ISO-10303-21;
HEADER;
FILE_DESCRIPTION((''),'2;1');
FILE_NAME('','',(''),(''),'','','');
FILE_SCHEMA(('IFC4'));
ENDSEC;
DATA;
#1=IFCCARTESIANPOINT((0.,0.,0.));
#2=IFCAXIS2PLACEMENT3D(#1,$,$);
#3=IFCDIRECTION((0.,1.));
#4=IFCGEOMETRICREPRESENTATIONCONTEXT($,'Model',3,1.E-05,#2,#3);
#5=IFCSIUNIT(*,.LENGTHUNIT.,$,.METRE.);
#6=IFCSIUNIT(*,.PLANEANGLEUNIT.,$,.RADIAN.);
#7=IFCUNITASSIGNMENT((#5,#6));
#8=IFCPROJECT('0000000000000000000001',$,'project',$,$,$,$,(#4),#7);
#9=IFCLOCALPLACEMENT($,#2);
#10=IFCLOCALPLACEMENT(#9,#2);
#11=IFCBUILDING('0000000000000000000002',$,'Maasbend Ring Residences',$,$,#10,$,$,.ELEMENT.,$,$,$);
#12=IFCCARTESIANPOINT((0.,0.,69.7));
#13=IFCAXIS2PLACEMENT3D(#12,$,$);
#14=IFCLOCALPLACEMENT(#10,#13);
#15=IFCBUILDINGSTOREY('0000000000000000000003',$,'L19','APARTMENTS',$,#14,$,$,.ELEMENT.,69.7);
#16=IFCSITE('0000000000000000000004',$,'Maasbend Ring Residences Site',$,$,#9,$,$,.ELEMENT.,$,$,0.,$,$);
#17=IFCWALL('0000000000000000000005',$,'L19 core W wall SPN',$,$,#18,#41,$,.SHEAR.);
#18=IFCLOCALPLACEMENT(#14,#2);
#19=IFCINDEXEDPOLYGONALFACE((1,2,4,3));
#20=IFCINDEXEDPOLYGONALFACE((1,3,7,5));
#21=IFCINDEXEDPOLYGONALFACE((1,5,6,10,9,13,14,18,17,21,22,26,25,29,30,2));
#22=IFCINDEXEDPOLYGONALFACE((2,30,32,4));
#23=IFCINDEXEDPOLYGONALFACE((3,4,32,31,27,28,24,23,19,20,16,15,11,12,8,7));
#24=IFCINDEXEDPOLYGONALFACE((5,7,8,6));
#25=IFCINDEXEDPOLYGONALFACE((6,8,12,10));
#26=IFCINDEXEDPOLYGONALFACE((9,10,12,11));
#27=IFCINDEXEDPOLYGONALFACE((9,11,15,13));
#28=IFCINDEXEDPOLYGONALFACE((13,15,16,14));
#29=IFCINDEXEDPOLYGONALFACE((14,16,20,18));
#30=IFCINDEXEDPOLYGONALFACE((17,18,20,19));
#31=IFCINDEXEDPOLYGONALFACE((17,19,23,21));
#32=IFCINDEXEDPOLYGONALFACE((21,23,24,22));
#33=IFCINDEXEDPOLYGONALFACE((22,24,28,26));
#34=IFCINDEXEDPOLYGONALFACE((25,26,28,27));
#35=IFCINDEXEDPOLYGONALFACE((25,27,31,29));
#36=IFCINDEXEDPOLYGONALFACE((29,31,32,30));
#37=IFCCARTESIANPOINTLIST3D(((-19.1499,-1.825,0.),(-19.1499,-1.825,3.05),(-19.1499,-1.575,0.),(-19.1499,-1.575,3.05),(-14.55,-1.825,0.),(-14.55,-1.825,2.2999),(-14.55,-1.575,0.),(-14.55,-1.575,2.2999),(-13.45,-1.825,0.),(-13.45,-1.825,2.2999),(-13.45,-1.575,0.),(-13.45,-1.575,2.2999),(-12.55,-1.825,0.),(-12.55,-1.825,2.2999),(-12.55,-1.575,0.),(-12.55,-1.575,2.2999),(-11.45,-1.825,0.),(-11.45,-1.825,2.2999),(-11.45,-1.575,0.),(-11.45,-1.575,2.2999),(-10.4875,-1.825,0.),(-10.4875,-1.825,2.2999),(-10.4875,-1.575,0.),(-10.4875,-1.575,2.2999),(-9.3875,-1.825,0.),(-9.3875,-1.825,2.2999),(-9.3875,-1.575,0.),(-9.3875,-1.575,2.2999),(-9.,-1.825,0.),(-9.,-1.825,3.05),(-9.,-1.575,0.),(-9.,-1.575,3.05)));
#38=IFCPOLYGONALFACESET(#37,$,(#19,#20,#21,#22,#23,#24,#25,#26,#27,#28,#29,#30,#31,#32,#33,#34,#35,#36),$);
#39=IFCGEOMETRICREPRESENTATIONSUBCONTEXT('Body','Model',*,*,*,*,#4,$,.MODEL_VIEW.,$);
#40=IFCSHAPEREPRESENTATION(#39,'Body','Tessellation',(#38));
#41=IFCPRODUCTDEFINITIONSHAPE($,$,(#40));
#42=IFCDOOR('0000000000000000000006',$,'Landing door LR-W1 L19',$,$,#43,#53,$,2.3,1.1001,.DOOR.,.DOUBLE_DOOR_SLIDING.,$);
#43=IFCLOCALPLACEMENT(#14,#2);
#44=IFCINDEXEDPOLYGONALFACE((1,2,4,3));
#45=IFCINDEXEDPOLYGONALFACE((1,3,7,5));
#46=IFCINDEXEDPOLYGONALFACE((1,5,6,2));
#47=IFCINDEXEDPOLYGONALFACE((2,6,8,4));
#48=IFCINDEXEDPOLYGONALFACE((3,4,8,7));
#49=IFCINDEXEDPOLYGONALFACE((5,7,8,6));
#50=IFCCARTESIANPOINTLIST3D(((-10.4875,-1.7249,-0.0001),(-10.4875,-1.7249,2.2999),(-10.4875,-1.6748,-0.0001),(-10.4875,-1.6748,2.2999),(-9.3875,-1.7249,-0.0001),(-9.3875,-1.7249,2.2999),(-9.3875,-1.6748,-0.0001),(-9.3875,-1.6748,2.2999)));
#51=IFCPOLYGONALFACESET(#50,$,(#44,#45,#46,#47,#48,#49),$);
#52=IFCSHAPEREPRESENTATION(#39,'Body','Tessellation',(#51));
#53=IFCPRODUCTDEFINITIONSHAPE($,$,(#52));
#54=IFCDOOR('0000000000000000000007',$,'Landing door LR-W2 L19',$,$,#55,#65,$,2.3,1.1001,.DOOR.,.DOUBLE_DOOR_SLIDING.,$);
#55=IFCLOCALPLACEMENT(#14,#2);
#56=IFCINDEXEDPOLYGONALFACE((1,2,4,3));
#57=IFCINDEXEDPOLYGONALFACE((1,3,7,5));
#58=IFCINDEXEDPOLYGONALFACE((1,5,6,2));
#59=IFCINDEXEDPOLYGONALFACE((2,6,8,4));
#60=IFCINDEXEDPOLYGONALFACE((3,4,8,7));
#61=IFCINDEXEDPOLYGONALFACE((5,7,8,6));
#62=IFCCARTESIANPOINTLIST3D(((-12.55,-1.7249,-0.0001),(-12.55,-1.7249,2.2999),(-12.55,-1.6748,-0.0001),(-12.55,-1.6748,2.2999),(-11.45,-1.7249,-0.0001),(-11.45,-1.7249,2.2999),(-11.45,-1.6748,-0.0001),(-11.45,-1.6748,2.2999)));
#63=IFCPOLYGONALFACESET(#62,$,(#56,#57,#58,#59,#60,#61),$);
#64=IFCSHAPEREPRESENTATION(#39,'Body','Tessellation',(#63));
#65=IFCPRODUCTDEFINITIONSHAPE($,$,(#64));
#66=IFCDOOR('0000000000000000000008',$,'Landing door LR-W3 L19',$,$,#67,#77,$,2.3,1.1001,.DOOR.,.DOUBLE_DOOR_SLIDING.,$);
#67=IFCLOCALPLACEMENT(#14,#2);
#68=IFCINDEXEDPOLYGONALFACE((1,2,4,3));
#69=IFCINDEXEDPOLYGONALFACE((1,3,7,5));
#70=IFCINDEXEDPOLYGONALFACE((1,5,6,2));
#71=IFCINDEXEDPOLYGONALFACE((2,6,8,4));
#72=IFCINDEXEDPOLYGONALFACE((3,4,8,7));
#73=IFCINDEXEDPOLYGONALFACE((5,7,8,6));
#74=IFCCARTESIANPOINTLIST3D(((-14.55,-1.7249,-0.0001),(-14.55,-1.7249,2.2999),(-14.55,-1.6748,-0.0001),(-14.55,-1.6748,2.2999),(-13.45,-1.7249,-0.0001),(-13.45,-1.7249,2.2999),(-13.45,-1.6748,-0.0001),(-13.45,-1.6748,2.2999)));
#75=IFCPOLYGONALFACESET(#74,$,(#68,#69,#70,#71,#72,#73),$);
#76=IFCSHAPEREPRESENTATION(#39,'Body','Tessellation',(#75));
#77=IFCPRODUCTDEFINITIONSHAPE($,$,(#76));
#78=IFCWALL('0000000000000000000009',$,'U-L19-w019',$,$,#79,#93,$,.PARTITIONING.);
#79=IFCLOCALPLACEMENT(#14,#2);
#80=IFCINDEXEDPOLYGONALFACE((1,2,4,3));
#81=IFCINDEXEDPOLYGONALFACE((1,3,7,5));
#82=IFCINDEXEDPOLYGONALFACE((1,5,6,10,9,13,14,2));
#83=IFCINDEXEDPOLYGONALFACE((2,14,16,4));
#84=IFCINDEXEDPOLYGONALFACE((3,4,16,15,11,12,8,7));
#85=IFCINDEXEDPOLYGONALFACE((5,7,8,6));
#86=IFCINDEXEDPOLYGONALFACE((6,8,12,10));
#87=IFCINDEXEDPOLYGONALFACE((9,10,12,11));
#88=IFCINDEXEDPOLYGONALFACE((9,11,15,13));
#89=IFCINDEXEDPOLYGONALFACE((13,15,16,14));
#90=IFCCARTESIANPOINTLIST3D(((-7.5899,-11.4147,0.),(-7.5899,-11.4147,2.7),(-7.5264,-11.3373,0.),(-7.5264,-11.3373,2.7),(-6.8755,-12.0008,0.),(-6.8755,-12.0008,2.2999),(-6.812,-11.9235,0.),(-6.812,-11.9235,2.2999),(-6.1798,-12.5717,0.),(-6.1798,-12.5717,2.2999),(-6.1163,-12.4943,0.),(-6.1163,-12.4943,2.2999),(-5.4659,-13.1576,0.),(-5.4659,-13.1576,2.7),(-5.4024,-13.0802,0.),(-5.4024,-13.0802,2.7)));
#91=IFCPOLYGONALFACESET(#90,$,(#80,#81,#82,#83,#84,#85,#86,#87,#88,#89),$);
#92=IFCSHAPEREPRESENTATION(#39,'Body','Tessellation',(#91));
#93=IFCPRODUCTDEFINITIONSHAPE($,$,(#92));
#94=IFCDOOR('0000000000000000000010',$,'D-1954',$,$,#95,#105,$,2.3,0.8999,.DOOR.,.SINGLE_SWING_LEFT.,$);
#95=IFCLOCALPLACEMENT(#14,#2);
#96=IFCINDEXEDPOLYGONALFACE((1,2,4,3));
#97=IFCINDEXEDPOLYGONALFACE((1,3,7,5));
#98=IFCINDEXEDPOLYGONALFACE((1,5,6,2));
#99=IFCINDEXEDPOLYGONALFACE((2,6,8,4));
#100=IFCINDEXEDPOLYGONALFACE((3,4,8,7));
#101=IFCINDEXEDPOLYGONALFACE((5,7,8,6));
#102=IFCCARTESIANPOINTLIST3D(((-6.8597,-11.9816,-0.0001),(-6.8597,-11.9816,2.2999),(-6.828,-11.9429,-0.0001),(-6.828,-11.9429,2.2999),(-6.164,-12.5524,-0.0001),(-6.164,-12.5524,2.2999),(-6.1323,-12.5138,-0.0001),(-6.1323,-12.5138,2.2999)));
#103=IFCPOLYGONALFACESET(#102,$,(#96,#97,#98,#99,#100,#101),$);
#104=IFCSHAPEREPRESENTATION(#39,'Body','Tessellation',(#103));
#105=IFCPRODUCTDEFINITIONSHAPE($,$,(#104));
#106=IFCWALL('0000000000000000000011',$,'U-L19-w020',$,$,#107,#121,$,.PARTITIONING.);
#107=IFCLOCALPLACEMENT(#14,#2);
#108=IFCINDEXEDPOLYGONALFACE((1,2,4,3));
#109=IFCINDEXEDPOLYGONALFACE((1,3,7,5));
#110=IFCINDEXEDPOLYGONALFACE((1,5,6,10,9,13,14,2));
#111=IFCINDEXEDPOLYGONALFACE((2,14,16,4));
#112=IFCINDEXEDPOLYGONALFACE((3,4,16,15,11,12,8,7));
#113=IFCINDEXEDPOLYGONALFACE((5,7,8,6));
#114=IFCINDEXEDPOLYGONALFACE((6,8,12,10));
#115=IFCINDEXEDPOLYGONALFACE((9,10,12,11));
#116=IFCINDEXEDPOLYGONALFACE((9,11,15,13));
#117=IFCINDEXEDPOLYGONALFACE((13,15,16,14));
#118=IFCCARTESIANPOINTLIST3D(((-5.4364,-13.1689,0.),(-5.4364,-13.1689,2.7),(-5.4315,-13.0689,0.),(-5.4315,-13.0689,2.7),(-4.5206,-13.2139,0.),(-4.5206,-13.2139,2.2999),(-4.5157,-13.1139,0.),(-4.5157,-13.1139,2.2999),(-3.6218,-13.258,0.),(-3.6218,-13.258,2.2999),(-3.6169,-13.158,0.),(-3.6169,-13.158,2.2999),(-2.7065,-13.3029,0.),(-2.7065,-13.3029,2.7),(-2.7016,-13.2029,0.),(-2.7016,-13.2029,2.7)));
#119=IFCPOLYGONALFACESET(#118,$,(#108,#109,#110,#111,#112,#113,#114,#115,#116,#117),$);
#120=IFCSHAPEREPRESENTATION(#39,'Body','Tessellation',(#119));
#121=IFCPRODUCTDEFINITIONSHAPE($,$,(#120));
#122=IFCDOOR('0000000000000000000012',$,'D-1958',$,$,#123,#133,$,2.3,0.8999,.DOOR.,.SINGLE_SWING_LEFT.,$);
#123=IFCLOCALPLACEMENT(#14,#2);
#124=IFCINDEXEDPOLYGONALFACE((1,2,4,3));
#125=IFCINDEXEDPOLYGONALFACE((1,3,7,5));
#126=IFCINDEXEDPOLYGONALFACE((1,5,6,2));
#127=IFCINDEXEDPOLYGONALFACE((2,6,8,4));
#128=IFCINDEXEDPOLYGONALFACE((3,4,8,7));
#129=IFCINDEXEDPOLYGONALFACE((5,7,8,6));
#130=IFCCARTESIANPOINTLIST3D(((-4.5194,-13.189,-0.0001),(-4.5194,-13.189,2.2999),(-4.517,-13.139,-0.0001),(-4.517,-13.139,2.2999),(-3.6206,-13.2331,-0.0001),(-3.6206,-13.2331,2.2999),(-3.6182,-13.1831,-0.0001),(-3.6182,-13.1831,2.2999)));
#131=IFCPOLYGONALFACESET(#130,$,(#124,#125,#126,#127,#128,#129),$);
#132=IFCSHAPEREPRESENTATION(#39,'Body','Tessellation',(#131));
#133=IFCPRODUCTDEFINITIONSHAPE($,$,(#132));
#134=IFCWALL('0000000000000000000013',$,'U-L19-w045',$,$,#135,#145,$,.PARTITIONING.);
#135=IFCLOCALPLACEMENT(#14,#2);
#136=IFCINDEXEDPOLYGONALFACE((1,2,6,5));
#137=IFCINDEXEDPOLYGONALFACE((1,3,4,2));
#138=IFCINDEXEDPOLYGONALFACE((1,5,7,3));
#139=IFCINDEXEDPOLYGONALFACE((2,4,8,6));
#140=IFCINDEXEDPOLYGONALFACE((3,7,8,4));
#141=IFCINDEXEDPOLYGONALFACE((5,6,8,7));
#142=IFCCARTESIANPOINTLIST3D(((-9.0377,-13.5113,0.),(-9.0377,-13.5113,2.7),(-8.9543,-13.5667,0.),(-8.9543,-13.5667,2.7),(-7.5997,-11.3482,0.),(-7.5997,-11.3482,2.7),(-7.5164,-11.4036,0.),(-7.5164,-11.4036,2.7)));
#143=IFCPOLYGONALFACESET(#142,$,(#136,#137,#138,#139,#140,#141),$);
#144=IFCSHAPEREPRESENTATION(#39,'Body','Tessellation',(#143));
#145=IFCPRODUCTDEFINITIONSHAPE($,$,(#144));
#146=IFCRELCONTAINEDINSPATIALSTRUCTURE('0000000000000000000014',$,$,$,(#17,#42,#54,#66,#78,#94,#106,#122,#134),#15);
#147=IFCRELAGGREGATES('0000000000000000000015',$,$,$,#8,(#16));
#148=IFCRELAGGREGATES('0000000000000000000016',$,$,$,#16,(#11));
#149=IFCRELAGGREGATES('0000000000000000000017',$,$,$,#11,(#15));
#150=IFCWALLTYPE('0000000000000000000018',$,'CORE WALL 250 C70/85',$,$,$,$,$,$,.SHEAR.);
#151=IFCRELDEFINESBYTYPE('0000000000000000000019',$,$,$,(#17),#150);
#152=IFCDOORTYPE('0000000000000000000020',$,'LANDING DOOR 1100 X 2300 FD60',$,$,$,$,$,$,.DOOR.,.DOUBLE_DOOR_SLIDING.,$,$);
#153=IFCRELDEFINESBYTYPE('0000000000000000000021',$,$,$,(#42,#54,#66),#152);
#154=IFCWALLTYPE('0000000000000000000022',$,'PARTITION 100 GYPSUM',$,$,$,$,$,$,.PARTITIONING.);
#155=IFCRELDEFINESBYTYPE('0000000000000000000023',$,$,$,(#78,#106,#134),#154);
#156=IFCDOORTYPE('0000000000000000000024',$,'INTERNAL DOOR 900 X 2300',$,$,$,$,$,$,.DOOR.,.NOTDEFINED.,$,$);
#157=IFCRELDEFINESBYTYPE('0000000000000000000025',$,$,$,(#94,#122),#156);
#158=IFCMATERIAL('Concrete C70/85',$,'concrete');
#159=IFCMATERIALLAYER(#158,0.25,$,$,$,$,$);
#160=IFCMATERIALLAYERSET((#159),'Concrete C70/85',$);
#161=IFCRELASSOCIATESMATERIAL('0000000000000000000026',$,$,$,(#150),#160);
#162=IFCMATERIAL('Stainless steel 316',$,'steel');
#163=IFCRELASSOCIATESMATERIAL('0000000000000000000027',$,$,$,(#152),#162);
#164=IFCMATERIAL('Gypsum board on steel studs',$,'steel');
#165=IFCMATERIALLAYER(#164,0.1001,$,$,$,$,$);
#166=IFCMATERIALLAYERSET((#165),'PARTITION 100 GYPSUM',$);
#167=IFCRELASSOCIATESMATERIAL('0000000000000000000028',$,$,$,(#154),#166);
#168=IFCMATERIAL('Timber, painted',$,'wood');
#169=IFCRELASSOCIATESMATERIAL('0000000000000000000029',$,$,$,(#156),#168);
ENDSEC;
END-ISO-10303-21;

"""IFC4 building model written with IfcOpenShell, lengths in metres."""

from ifc_helpers import new_model, si_unit, direction, frame, frame_2d, origin, place, context, subcontext, project, spatial, rectangle, extrude, material, layer, layer_set, type_object, element, fill, save


model = new_model("IFC4")

# Units and contexts
model_context = context("Model", 3, precision=1e-05, world=origin(), true_north=direction((0.0, 1.0)))
body_context = subcontext(model_context, "Body", "Model", "MODEL_VIEW")
ifc_project = project(units=[si_unit("LENGTHUNIT", "METRE"), si_unit("PLANEANGLEUNIT", "RADIAN")], contexts=[model_context])

# Site, building, storey
site_placement = place(None, origin())
site = spatial("IfcSite", under=ifc_project, at=site_placement, Name="Maasbend Ring Residences Site", CompositionType="ELEMENT", RefElevation=0.0)
building_placement = place(site_placement, origin())
building = spatial("IfcBuilding", under=site, at=building_placement, Name="Maasbend Ring Residences", CompositionType="ELEMENT")
storey_placement = place(building_placement, frame((0.0, 0.0, 69.7)))
storey = spatial("IfcBuildingStorey", under=building, at=storey_placement, Name="L19", Description="APARTMENTS", CompositionType="ELEMENT", Elevation=69.7)

# Wall, openings, doors
ifc_material_1 = material(Name="Concrete C70/85", Category="concrete")
ifc_layer_1 = layer(ifc_material_1, 0.25)
ifc_layer_set_1 = layer_set([ifc_layer_1], Name="Concrete C70/85")
wall_type_1 = type_object("IfcWallType", Name="CORE WALL 250 C70/85", PredefinedType="SHEAR", material=ifc_layer_set_1)
wall_1_placement = place(storey_placement, frame((-9.0, -1.7, 0.0), z_axis=(0.0, 0.0, 1.0), x_axis=(-1.0, 0.0, 0.0)))
wall_1 = element("IfcWall", 1, at=wall_1_placement, inside=storey, type_object=wall_type_1, Name="L19 core W wall SPN", PredefinedType="SHEAR", context=body_context, shape_type="SweptSolid", body=[
    extrude(rectangle(XDim=10.1499, YDim=0.25, at=frame_2d((5.075, 0.0))), origin(), (0.0, 0.0, 1.0), 3.05),
])
opening_1_placement = place(wall_1_placement, frame((0.3875, 0.0, 0.0)))
opening_1 = element("IfcOpeningElement", 2, at=opening_1_placement, cuts=wall_1, PredefinedType="OPENING", context=body_context, shape_type="SweptSolid", body=[
    extrude(rectangle(XDim=1.1001, YDim=2.3, at=frame_2d((0.55, 1.1499))), frame((0.0, 0.135, 0.0), z_axis=(0.0, -1.0, 0.0), x_axis=(1.0, 0.0, 0.0)), (0.0, 0.0, 1.0), 0.27),
])
opening_2_placement = place(wall_1_placement, frame((2.45, 0.0, 0.0)))
opening_2 = element("IfcOpeningElement", 3, at=opening_2_placement, cuts=wall_1, PredefinedType="OPENING", context=body_context, shape_type="SweptSolid", body=[
    extrude(rectangle(XDim=1.1001, YDim=2.3, at=frame_2d((0.55, 1.1499))), frame((0.0, 0.135, 0.0), z_axis=(0.0, -1.0, 0.0), x_axis=(1.0, 0.0, 0.0)), (0.0, 0.0, 1.0), 0.27),
])
opening_3_placement = place(wall_1_placement, frame((4.45, 0.0, 0.0)))
opening_3 = element("IfcOpeningElement", 4, at=opening_3_placement, cuts=wall_1, PredefinedType="OPENING", context=body_context, shape_type="SweptSolid", body=[
    extrude(rectangle(XDim=1.1001, YDim=2.3, at=frame_2d((0.55, 1.1499))), frame((0.0, 0.135, 0.0), z_axis=(0.0, -1.0, 0.0), x_axis=(1.0, 0.0, 0.0)), (0.0, 0.0, 1.0), 0.27),
])
ifc_material_2 = material(Name="Stainless steel 316", Category="steel")
door_type_1 = type_object("IfcDoorType", Name="LANDING DOOR 1100 X 2300 FD60", OperationType="DOUBLE_DOOR_SLIDING", PredefinedType="DOOR", material=ifc_material_2)
door_1_placement = place(opening_1_placement, origin())
door_1 = element("IfcDoor", 5, at=door_1_placement, inside=storey, type_object=door_type_1, Name="Landing door LR-W1 L19", OperationType="DOUBLE_DOOR_SLIDING", OverallHeight=2.3, OverallWidth=1.1001, PredefinedType="DOOR", context=body_context, shape_type="SweptSolid", body=[
    extrude(rectangle(XDim=1.1001, YDim=2.3, at=frame_2d((0.55, 1.1499))), frame((0.0, 0.0249, 0.0), z_axis=(0.0, -1.0, 0.0), x_axis=(1.0, 0.0, 0.0)), (0.0, 0.0, 1.0), 0.05),
])
fill(opening_1, door_1)
door_2_placement = place(opening_2_placement, origin())
door_2 = element("IfcDoor", 6, at=door_2_placement, inside=storey, type_object=door_type_1, Name="Landing door LR-W2 L19", OperationType="DOUBLE_DOOR_SLIDING", OverallHeight=2.3, OverallWidth=1.1001, PredefinedType="DOOR", context=body_context, shape_type="SweptSolid", body=[
    extrude(rectangle(XDim=1.1001, YDim=2.3, at=frame_2d((0.55, 1.1499))), frame((0.0, 0.0249, 0.0), z_axis=(0.0, -1.0, 0.0), x_axis=(1.0, 0.0, 0.0)), (0.0, 0.0, 1.0), 0.05),
])
fill(opening_2, door_2)
door_3_placement = place(opening_3_placement, origin())
door_3 = element("IfcDoor", 7, at=door_3_placement, inside=storey, type_object=door_type_1, Name="Landing door LR-W3 L19", OperationType="DOUBLE_DOOR_SLIDING", OverallHeight=2.3, OverallWidth=1.1001, PredefinedType="DOOR", context=body_context, shape_type="SweptSolid", body=[
    extrude(rectangle(XDim=1.1001, YDim=2.3, at=frame_2d((0.55, 1.1499))), frame((0.0, 0.0249, 0.0), z_axis=(0.0, -1.0, 0.0), x_axis=(1.0, 0.0, 0.0)), (0.0, 0.0, 1.0), 0.05),
])
fill(opening_3, door_3)

# Walls, openings, doors
ifc_material_3 = material(Name="Gypsum board on steel studs", Category="steel")
ifc_layer_2 = layer(ifc_material_3, 0.1001)
ifc_layer_set_2 = layer_set([ifc_layer_2], Name="PARTITION 100 GYPSUM")
wall_type_2 = type_object("IfcWallType", Name="PARTITION 100 GYPSUM", PredefinedType="PARTITIONING", material=ifc_layer_set_2)
wall_2_placement = place(storey_placement, frame((-7.5581, -11.376, 0.0), z_axis=(0.0, 0.0, 1.0), x_axis=(0.77305, -0.634345, 0.0)))
wall_2 = element("IfcWall", 8, at=wall_2_placement, inside=storey, type_object=wall_type_2, Name="U-L19-w019", PredefinedType="PARTITIONING", context=body_context, shape_type="SweptSolid", body=[
    extrude(rectangle(XDim=2.7476, YDim=0.1001, at=frame_2d((1.3738, 0.0))), origin(), (0.0, 0.0, 1.0), 2.7),
])
opening_4_placement = place(wall_2_placement, frame((0.9241, 0.0, 0.0)))
opening_4 = element("IfcOpeningElement", 9, at=opening_4_placement, cuts=wall_2, PredefinedType="OPENING", context=body_context, shape_type="SweptSolid", body=[
    extrude(rectangle(XDim=0.8999, YDim=2.3, at=frame_2d((0.45, 1.1499))), frame((0.0, 0.0601, 0.0), z_axis=(0.0, -1.0, 0.0), x_axis=(1.0, 0.0, 0.0)), (0.0, 0.0, 1.0), 0.1201),
])
ifc_material_4 = material(Name="Timber, painted", Category="wood")
door_type_2 = type_object("IfcDoorType", Name="INTERNAL DOOR 900 X 2300", OperationType="NOTDEFINED", PredefinedType="DOOR", material=ifc_material_4)
door_4_placement = place(opening_4_placement, origin())
door_4 = element("IfcDoor", 10, at=door_4_placement, inside=storey, type_object=door_type_2, Name="D-1954", OperationType="SINGLE_SWING_LEFT", OverallHeight=2.3, OverallWidth=0.8999, PredefinedType="DOOR", context=body_context, shape_type="SweptSolid", body=[
    extrude(rectangle(XDim=0.8999, YDim=2.3, at=frame_2d((0.45, 1.1499))), frame((0.0, 0.0249, 0.0), z_axis=(0.0, -1.0, 0.0), x_axis=(1.0, 0.0, 0.0)), (0.0, 0.0, 1.0), 0.05),
])
fill(opening_4, door_4)
wall_3_placement = place(storey_placement, frame((-5.4341, -13.1189, 0.0), z_axis=(0.0, 0.0, 1.0), x_axis=(0.998797, -0.049038, 0.0)))
wall_3 = element("IfcWall", 11, at=wall_3_placement, inside=storey, type_object=wall_type_2, Name="U-L19-w020", PredefinedType="PARTITIONING", context=body_context, shape_type="SweptSolid", body=[
    extrude(rectangle(XDim=2.7332, YDim=0.1001, at=frame_2d((1.3667, 0.0))), origin(), (0.0, 0.0, 1.0), 2.7),
])
opening_5_placement = place(wall_3_placement, frame((0.917, 0.0, 0.0)))
opening_5 = element("IfcOpeningElement", 12, at=opening_5_placement, cuts=wall_3, PredefinedType="OPENING", context=body_context, shape_type="SweptSolid", body=[
    extrude(rectangle(XDim=0.8999, YDim=2.3, at=frame_2d((0.45, 1.1499))), frame((0.0, 0.0601, 0.0), z_axis=(0.0, -1.0, 0.0), x_axis=(1.0, 0.0, 0.0)), (0.0, 0.0, 1.0), 0.1201),
])
door_5_placement = place(opening_5_placement, origin())
door_5 = element("IfcDoor", 13, at=door_5_placement, inside=storey, type_object=door_type_2, Name="D-1958", OperationType="SINGLE_SWING_LEFT", OverallHeight=2.3, OverallWidth=0.8999, PredefinedType="DOOR", context=body_context, shape_type="SweptSolid", body=[
    extrude(rectangle(XDim=0.8999, YDim=2.3, at=frame_2d((0.45, 1.1499))), frame((0.0, 0.0249, 0.0), z_axis=(0.0, -1.0, 0.0), x_axis=(1.0, 0.0, 0.0)), (0.0, 0.0, 1.0), 0.05),
])
fill(opening_5, door_5)

# Wall
wall_4_placement = place(storey_placement, frame((-8.9961, -13.5391, 0.0), z_axis=(0.0, 0.0, 1.0), x_axis=(0.553615, 0.832773, 0.0)))
element("IfcWall", 14, at=wall_4_placement, inside=storey, type_object=wall_type_2, Name="U-L19-w045", PredefinedType="PARTITIONING", context=body_context, shape_type="SweptSolid", body=[
    extrude(rectangle(XDim=2.5974, YDim=0.1001, at=frame_2d((1.2988, 0.0))), origin(), (0.0, 0.0, 1.0), 2.7),
])

save(model, "model.ifc")
